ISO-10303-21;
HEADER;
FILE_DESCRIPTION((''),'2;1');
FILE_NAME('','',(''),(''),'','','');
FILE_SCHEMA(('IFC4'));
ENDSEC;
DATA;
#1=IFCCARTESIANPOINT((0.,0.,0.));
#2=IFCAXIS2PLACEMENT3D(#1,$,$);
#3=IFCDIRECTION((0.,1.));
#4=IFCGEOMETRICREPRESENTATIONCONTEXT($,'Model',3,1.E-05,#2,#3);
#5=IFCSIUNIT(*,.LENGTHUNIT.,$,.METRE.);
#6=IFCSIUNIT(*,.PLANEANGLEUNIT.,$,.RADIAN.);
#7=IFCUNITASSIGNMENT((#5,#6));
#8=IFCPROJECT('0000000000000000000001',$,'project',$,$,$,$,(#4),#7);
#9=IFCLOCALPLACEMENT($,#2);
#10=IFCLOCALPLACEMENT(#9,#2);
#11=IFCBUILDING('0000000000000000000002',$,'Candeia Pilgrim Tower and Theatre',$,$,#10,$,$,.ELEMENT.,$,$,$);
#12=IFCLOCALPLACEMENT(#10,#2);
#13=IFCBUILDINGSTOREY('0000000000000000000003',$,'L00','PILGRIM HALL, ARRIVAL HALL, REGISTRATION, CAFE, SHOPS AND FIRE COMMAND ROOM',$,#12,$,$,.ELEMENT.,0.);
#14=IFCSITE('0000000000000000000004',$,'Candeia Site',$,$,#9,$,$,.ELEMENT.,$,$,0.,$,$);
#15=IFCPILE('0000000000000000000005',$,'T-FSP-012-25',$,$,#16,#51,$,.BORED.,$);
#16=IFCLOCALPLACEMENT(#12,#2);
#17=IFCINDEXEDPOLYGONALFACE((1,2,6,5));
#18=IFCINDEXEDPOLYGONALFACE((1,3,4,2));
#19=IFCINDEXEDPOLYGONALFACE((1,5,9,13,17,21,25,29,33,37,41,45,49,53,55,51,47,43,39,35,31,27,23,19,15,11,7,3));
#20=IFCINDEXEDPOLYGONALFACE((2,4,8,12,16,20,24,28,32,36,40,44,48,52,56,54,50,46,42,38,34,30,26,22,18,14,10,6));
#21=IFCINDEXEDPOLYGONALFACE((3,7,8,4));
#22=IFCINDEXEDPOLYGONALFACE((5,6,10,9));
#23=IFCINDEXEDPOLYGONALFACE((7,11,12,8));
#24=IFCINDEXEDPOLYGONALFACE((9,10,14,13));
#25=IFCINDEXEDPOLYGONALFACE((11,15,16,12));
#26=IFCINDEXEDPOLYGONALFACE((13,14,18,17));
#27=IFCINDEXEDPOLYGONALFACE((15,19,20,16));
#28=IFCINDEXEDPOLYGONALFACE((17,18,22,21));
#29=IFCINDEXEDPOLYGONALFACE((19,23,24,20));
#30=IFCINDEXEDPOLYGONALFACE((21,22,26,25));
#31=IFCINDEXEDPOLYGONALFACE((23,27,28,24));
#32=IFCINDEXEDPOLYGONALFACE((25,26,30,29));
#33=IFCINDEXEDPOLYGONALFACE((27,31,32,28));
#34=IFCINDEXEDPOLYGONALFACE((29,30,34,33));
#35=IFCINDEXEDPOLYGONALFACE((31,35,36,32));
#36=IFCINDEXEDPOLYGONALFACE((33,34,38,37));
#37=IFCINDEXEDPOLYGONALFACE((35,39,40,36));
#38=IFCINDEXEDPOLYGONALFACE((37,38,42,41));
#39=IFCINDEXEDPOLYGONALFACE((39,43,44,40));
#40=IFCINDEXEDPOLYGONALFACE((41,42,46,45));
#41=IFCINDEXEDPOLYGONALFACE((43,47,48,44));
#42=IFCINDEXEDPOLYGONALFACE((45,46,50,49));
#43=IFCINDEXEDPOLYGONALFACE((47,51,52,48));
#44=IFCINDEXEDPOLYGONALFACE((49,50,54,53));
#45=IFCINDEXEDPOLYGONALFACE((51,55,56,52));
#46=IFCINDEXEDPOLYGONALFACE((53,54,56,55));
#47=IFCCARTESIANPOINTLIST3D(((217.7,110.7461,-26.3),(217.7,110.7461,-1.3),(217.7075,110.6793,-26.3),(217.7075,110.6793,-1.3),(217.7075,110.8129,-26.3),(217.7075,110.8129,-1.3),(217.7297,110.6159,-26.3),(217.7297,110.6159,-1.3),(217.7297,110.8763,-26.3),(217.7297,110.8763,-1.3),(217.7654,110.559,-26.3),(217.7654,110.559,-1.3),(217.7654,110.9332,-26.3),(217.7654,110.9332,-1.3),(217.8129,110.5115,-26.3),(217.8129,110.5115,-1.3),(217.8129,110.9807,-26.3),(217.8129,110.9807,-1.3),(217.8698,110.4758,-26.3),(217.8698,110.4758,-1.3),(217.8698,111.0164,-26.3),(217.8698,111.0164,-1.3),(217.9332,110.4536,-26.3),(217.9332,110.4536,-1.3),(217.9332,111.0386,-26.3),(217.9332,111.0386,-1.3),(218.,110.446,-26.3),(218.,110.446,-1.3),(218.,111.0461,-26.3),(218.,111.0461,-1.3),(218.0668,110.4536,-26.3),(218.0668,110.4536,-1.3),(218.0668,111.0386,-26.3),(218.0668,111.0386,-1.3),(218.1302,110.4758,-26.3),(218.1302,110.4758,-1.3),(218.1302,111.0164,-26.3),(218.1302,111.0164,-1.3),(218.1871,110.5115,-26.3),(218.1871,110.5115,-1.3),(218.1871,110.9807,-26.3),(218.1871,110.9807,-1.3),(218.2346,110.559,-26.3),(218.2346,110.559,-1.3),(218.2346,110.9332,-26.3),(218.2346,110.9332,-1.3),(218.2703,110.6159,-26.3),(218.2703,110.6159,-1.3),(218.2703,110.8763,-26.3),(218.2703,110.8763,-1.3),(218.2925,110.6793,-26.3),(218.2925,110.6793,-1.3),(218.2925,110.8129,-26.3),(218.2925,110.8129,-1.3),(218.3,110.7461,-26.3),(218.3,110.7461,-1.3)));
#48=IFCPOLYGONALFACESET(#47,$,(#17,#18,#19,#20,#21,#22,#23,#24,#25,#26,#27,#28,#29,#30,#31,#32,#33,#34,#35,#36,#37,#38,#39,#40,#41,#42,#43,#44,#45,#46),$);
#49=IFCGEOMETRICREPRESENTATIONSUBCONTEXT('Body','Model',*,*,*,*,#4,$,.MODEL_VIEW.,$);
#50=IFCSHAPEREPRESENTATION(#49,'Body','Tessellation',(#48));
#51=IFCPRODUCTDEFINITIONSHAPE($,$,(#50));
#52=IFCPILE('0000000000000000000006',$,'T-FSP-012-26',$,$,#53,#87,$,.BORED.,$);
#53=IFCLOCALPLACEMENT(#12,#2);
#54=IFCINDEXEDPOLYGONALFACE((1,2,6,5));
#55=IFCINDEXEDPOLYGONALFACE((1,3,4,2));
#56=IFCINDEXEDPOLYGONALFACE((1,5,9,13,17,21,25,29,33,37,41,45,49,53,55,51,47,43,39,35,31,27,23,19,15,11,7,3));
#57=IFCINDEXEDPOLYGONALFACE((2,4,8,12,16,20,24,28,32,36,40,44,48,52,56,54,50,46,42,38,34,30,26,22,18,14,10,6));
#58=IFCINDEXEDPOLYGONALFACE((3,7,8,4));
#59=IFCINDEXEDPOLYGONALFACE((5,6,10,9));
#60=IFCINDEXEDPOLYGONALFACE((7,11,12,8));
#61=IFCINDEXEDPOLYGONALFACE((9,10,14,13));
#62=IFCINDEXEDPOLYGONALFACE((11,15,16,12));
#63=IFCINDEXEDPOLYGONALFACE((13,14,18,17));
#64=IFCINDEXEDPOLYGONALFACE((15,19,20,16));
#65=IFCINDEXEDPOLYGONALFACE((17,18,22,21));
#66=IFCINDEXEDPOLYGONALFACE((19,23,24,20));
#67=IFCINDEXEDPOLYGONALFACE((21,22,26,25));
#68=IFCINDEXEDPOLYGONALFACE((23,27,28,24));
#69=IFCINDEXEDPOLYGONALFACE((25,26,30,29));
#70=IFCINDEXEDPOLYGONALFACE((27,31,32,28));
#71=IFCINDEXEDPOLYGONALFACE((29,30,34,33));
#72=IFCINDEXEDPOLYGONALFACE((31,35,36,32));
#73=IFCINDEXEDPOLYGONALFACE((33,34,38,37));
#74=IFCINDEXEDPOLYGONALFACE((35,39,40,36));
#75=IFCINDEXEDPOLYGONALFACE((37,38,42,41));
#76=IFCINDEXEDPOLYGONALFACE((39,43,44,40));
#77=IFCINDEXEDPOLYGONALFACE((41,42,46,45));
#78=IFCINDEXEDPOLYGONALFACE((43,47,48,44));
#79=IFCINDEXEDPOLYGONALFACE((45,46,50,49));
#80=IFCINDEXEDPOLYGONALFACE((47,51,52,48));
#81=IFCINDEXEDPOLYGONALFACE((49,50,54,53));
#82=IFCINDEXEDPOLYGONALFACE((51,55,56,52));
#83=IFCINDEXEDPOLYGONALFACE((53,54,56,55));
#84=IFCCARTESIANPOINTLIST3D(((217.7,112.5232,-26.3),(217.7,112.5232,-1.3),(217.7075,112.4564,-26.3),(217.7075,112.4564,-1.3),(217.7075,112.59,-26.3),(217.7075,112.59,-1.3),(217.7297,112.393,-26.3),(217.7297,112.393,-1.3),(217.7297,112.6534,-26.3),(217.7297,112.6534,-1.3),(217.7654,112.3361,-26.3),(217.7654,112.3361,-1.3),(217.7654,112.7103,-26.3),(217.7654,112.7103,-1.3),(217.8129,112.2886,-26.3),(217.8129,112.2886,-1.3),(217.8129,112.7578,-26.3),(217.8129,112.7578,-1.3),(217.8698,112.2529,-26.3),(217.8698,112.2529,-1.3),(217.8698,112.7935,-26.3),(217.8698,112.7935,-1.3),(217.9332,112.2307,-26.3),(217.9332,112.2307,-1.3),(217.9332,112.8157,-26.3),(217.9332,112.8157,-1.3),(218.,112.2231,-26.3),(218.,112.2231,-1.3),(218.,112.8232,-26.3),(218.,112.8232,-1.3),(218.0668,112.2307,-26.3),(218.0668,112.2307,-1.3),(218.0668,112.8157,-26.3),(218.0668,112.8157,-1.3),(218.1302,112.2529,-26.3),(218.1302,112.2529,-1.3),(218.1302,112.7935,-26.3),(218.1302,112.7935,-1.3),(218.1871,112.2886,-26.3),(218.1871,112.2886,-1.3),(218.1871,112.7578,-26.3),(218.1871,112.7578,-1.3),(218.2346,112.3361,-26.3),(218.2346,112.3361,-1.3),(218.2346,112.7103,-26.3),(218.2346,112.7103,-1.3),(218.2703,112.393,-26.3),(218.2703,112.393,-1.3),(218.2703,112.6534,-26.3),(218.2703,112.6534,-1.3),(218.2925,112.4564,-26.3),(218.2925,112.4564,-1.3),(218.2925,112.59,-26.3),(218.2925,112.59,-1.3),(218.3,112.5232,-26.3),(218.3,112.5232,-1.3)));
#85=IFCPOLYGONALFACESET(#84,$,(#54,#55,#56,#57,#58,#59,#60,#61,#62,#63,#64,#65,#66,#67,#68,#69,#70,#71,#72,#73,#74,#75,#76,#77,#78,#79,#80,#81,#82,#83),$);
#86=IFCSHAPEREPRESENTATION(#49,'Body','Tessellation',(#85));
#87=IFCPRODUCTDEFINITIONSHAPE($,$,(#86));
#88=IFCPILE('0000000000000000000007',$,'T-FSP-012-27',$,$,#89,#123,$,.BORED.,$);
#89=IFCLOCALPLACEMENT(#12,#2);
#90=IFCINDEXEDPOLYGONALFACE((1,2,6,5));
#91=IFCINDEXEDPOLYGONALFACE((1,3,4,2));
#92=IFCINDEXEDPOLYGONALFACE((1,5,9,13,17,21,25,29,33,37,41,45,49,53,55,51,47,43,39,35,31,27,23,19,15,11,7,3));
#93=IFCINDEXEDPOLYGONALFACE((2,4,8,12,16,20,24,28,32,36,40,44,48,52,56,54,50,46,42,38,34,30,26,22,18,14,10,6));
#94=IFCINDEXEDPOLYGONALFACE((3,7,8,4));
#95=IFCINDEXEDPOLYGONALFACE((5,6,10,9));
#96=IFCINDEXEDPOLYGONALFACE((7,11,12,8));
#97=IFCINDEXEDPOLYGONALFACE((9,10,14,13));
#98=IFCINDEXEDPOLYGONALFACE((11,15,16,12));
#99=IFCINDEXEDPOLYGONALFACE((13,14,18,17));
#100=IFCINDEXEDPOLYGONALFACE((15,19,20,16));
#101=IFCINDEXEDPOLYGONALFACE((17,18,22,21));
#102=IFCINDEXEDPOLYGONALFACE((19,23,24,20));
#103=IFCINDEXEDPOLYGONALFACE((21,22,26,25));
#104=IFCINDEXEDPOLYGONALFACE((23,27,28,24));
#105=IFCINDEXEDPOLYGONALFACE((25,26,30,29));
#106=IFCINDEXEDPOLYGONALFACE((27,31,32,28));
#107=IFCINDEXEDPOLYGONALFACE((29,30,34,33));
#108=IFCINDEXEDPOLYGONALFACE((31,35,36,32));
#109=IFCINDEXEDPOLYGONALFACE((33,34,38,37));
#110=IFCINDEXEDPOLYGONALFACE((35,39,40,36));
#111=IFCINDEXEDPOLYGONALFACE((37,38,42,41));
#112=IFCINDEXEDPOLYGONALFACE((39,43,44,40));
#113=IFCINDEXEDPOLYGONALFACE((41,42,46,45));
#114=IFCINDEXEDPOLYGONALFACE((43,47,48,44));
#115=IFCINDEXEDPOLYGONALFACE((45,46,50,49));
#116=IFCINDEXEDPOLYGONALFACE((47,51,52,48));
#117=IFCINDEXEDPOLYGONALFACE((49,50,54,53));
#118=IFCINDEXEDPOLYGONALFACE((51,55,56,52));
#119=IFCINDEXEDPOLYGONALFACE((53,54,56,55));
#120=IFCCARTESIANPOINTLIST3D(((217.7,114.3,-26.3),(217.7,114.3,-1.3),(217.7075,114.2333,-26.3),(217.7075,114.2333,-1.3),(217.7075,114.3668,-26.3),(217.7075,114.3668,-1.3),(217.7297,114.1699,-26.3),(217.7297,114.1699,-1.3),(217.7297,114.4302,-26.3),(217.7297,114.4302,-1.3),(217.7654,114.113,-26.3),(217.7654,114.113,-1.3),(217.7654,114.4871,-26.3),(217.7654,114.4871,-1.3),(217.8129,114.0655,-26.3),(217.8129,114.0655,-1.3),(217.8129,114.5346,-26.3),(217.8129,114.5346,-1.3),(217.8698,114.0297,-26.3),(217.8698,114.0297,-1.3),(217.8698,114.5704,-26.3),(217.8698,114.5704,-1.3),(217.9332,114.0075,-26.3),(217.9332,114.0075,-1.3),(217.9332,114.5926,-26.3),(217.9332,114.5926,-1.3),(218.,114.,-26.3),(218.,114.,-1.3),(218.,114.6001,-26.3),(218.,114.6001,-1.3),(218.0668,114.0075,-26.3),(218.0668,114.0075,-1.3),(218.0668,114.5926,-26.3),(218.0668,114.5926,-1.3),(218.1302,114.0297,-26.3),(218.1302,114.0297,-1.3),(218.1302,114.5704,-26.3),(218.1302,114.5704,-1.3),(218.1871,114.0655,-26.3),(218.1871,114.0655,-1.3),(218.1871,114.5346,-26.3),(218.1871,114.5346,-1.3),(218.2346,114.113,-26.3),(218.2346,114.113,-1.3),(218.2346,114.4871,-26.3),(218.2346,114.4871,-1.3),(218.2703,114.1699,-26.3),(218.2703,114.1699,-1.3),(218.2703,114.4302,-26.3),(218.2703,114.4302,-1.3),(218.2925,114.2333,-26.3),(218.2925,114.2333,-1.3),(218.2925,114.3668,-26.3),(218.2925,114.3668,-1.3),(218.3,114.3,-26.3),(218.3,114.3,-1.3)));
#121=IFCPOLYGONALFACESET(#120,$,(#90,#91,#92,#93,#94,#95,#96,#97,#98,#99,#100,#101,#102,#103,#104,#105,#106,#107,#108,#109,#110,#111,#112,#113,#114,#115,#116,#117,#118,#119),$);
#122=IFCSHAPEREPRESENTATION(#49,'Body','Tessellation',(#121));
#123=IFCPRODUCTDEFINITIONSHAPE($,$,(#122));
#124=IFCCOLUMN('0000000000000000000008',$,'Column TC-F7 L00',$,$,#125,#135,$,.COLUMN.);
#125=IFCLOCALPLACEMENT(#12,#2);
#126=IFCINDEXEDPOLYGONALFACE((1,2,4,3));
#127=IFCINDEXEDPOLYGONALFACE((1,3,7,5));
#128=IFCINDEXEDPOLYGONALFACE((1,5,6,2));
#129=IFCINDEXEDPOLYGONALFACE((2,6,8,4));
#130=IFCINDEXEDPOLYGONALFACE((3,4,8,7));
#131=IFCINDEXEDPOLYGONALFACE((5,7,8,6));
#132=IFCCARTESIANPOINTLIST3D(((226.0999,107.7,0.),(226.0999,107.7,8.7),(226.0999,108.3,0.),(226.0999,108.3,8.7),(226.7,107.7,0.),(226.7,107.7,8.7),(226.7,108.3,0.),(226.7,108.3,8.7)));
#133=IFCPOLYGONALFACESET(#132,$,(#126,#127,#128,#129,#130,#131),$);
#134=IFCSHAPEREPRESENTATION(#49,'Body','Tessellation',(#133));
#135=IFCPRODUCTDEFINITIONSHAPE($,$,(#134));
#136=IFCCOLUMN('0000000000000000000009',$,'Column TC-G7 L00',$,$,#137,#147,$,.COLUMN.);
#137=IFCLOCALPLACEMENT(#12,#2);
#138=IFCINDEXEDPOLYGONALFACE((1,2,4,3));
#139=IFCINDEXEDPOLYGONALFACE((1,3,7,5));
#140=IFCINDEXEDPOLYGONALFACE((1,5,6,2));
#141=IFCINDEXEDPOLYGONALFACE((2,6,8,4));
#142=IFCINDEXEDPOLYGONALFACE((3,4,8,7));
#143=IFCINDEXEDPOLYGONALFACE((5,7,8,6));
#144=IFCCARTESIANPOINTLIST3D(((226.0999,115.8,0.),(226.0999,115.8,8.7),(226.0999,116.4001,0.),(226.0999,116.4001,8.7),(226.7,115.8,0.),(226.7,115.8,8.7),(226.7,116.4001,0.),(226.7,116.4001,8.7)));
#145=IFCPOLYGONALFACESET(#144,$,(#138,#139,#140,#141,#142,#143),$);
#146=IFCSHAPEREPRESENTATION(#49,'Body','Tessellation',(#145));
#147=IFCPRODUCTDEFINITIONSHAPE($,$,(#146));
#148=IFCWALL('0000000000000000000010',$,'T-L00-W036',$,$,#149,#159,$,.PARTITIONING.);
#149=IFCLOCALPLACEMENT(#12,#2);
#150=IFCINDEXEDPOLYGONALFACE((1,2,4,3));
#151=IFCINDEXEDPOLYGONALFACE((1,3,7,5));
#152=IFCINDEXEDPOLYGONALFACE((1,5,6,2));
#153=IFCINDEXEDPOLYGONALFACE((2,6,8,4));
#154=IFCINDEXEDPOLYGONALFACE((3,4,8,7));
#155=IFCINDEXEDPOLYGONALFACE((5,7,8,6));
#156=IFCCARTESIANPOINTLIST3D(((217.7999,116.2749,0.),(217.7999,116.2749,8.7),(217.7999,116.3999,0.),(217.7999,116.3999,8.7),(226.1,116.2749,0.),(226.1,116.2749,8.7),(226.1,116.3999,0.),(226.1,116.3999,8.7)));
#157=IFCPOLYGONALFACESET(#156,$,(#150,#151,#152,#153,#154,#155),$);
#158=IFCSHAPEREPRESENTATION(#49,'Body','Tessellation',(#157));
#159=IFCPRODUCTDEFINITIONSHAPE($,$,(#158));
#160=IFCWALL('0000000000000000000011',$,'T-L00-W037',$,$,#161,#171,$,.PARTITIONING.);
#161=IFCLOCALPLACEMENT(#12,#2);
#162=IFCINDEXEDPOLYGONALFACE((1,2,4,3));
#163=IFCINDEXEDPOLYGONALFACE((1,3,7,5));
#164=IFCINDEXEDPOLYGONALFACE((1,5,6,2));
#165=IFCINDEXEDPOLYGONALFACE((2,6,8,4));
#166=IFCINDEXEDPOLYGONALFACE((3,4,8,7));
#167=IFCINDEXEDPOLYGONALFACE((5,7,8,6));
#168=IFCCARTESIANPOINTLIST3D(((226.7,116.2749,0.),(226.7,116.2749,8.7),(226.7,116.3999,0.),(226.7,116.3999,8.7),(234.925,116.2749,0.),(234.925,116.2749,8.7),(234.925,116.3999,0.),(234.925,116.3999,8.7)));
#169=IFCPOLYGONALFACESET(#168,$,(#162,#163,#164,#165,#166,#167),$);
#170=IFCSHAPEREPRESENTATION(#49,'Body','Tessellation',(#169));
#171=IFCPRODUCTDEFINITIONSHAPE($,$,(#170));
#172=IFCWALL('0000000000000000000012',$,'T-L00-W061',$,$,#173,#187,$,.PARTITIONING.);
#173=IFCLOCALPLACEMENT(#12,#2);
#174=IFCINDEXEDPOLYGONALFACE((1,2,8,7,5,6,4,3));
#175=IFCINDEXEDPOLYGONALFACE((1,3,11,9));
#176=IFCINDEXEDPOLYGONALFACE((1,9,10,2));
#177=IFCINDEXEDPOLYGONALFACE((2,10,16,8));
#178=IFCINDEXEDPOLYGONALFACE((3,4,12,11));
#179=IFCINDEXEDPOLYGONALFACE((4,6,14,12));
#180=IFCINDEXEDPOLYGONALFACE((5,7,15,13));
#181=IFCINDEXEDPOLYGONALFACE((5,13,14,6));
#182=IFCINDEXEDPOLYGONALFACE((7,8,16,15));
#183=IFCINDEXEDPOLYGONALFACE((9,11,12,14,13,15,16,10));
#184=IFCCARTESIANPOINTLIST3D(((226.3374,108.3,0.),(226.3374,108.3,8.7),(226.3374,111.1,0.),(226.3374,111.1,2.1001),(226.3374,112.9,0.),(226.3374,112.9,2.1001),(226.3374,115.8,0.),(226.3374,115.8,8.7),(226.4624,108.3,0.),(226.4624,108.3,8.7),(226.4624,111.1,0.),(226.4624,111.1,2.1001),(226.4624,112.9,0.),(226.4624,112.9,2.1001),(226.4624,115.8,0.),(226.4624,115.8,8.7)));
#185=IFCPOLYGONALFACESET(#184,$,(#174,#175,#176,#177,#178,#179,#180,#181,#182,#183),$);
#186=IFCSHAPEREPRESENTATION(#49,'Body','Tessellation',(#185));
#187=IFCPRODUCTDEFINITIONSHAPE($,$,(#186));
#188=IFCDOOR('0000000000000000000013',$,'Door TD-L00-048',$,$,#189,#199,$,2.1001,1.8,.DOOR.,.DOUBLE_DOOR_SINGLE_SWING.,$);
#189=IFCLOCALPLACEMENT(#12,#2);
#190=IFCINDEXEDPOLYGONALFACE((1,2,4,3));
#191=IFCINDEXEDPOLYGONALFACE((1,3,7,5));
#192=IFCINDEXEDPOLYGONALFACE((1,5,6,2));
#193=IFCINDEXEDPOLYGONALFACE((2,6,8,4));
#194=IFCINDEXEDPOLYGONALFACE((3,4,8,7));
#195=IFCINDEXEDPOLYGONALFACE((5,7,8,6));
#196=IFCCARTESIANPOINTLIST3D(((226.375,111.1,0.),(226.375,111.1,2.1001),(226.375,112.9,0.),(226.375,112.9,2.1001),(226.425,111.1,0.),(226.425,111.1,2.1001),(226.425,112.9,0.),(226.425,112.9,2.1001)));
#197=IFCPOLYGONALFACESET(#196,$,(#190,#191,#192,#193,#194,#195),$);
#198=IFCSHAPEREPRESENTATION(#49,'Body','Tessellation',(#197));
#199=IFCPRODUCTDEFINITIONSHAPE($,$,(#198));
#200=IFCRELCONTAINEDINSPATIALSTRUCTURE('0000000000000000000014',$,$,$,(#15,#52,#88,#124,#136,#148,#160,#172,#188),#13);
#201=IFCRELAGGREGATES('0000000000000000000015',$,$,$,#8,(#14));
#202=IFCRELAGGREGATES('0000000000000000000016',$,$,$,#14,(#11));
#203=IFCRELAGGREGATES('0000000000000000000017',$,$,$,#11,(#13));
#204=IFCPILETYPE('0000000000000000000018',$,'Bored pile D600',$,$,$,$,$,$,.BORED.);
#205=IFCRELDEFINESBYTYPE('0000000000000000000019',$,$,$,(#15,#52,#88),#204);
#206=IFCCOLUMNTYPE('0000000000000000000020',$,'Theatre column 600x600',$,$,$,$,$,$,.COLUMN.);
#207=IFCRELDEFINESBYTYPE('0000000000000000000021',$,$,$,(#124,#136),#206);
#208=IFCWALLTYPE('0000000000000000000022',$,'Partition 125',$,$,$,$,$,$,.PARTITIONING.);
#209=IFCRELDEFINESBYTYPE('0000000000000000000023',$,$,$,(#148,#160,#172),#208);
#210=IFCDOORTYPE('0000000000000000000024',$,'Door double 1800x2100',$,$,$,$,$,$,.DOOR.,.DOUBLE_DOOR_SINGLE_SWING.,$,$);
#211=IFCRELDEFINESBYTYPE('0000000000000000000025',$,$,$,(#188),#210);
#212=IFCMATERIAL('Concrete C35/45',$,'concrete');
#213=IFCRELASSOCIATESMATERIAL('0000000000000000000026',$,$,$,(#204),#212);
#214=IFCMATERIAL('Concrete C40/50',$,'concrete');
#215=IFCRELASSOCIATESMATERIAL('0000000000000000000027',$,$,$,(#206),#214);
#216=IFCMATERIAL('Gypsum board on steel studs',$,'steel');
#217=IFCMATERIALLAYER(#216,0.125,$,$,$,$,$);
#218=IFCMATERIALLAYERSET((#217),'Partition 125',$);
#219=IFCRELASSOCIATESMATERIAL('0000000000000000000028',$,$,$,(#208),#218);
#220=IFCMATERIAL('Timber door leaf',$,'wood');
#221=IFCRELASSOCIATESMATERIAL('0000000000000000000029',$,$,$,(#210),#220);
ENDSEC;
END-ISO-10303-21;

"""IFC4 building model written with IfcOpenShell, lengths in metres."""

from ifc_helpers import new_model, si_unit, direction, frame, frame_2d, origin, origin_2d, place, context, subcontext, project, spatial, rectangle, circle, extrude, material, layer, layer_set, material_profile, profile_set, type_object, element, fill, save


model = new_model("IFC4")

# Units and contexts
model_context = context("Model", 3, precision=1e-05, world=origin(), true_north=direction((0.0, 1.0)))
body_context = subcontext(model_context, "Body", "Model", "MODEL_VIEW")
ifc_project = project(units=[si_unit("LENGTHUNIT", "METRE"), si_unit("PLANEANGLEUNIT", "RADIAN")], contexts=[model_context])

# Site, building, storey
site_placement = place(None, origin())
site = spatial("IfcSite", under=ifc_project, at=site_placement, Name="Candeia Site", CompositionType="ELEMENT", RefElevation=0.0)
building_placement = place(site_placement, origin())
building = spatial("IfcBuilding", under=site, at=building_placement, Name="Candeia Pilgrim Tower and Theatre", CompositionType="ELEMENT")
storey_placement = place(building_placement, origin())
storey = spatial("IfcBuildingStorey", under=building, at=storey_placement, Name="L00", Description="PILGRIM HALL, ARRIVAL HALL, REGISTRATION, CAFE, SHOPS AND FIRE COMMAND ROOM", CompositionType="ELEMENT", Elevation=0.0)

# Piles
ifc_material_1 = material(Name="Concrete C35/45", Category="concrete")
pile_type = type_object("IfcPileType", Name="Bored pile D600", PredefinedType="BORED", material=ifc_material_1)
for number, where, z_axis, x_axis, name in (
    (1, (218.0, 110.7461, -1.3), (0.0, 0.0, -1.0), (1.0, 0.0, 0.0), "T-FSP-012-25"),
    (2, (218.0, 112.5232, -1.3), (0.0, 0.0, -1.0), (1.0, 0.0, 0.0), "T-FSP-012-26"),
    (3, (218.0, 114.3, -1.3), (0.0, 0.0, -1.0), (1.0, 0.0, 0.0), "T-FSP-012-27"),
):
    element("IfcPile", number, at=place(storey_placement, frame(where, z_axis=z_axis, x_axis=x_axis)), inside=storey, type_object=pile_type, Name=name, PredefinedType="BORED", context=body_context, shape_type="SweptSolid", body=[
        extrude(circle(Radius=0.3, at=origin_2d()), origin(), (0.0, 0.0, 1.0), 25.0),
    ])

# Columns
ifc_material_2 = material(Name="Concrete C40/50", Category="concrete")
ifc_material_profile = material_profile(ifc_material_2, rectangle(XDim=0.6001, YDim=0.6001, at=origin_2d()))
ifc_profile_set = profile_set([ifc_material_profile], Name="Concrete C40/50")
column_type = type_object("IfcColumnType", Name="Theatre column 600x600", PredefinedType="COLUMN", material=ifc_profile_set)
for number, where, z_axis, x_axis, name in (
    (4, (226.3999, 108.0, 0.0), (0.0, 0.0, 1.0), (1.0, 0.0, 0.0), "Column TC-F7 L00"),
    (5, (226.3999, 116.1001, 0.0), (0.0, 0.0, 1.0), (1.0, 0.0, 0.0), "Column TC-G7 L00"),
):
    element("IfcColumn", number, at=place(storey_placement, frame(where, z_axis=z_axis, x_axis=x_axis)), inside=storey, type_object=column_type, Name=name, PredefinedType="COLUMN", context=body_context, shape_type="SweptSolid", body=[
        extrude(rectangle(XDim=0.6001, YDim=0.6001, at=origin_2d()), origin(), (0.0, 0.0, 1.0), 8.7),
    ])

# Walls
ifc_material_3 = material(Name="Gypsum board on steel studs", Category="steel")
ifc_layer_1 = layer(ifc_material_3, 0.125)
ifc_layer_set_1 = layer_set([ifc_layer_1], Name="Partition 125")
wall_type_1 = type_object("IfcWallType", Name="Partition 125", PredefinedType="PARTITIONING", material=ifc_layer_set_1)
wall_1_placement = place(storey_placement, frame((217.8, 116.3374, 0.0), z_axis=(0.0, 0.0, 1.0), x_axis=(1.0, 0.0, 0.0)))
element("IfcWall", 6, at=wall_1_placement, inside=storey, type_object=wall_type_1, Name="T-L00-W036", PredefinedType="PARTITIONING", context=body_context, shape_type="SweptSolid", body=[
    extrude(rectangle(XDim=8.3, YDim=0.125, at=frame_2d((4.1499, 0.0))), origin(), (0.0, 0.0, 1.0), 8.7),
])
wall_2_placement = place(storey_placement, frame((226.7, 116.3374, 0.0), z_axis=(0.0, 0.0, 1.0), x_axis=(1.0, 0.0, 0.0)))
element("IfcWall", 7, at=wall_2_placement, inside=storey, type_object=wall_type_1, Name="T-L00-W037", PredefinedType="PARTITIONING", context=body_context, shape_type="SweptSolid", body=[
    extrude(rectangle(XDim=8.2251, YDim=0.125, at=frame_2d((4.1125, 0.0))), origin(), (0.0, 0.0, 1.0), 8.7),
])

# Wall, opening, door
wall_3_placement = place(storey_placement, frame((226.3999, 108.3, 0.0), z_axis=(0.0, 0.0, 1.0), x_axis=(0.0, 1.0, 0.0)))
wall_3 = element("IfcWall", 8, at=wall_3_placement, inside=storey, type_object=wall_type_1, Name="T-L00-W061", PredefinedType="PARTITIONING", context=body_context, shape_type="SweptSolid", body=[
    extrude(rectangle(XDim=7.5, YDim=0.125, at=frame_2d((3.75, 0.0))), origin(), (0.0, 0.0, 1.0), 8.7),
])
opening_placement = place(wall_3_placement, frame((2.8, 0.0, 0.0)))
opening = element("IfcOpeningElement", 9, at=opening_placement, cuts=wall_3, PredefinedType="OPENING", context=body_context, shape_type="SweptSolid", body=[
    extrude(rectangle(XDim=1.8, YDim=2.1001, at=frame_2d((0.8999, 1.05))), frame((0.0, 0.0725, 0.0), z_axis=(0.0, -1.0, 0.0), x_axis=(1.0, 0.0, 0.0)), (0.0, 0.0, 1.0), 0.145),
])
ifc_material_4 = material(Name="Timber door leaf", Category="wood")
door_type = type_object("IfcDoorType", Name="Door double 1800x2100", OperationType="DOUBLE_DOOR_SINGLE_SWING", PredefinedType="DOOR", material=ifc_material_4)
door_placement = place(opening_placement, origin())
door = element("IfcDoor", 10, at=door_placement, inside=storey, type_object=door_type, Name="Door TD-L00-048", OperationType="DOUBLE_DOOR_SINGLE_SWING", OverallHeight=2.1001, OverallWidth=1.8, PredefinedType="DOOR", context=body_context, shape_type="SweptSolid", body=[
    extrude(rectangle(XDim=1.8, YDim=2.1001, at=frame_2d((0.8999, 1.05))), frame((0.0, 0.0249, 0.0), z_axis=(0.0, -1.0, 0.0), x_axis=(1.0, 0.0, 0.0)), (0.0, 0.0, 1.0), 0.05),
])
fill(opening, door)

save(model, "model.ifc")
